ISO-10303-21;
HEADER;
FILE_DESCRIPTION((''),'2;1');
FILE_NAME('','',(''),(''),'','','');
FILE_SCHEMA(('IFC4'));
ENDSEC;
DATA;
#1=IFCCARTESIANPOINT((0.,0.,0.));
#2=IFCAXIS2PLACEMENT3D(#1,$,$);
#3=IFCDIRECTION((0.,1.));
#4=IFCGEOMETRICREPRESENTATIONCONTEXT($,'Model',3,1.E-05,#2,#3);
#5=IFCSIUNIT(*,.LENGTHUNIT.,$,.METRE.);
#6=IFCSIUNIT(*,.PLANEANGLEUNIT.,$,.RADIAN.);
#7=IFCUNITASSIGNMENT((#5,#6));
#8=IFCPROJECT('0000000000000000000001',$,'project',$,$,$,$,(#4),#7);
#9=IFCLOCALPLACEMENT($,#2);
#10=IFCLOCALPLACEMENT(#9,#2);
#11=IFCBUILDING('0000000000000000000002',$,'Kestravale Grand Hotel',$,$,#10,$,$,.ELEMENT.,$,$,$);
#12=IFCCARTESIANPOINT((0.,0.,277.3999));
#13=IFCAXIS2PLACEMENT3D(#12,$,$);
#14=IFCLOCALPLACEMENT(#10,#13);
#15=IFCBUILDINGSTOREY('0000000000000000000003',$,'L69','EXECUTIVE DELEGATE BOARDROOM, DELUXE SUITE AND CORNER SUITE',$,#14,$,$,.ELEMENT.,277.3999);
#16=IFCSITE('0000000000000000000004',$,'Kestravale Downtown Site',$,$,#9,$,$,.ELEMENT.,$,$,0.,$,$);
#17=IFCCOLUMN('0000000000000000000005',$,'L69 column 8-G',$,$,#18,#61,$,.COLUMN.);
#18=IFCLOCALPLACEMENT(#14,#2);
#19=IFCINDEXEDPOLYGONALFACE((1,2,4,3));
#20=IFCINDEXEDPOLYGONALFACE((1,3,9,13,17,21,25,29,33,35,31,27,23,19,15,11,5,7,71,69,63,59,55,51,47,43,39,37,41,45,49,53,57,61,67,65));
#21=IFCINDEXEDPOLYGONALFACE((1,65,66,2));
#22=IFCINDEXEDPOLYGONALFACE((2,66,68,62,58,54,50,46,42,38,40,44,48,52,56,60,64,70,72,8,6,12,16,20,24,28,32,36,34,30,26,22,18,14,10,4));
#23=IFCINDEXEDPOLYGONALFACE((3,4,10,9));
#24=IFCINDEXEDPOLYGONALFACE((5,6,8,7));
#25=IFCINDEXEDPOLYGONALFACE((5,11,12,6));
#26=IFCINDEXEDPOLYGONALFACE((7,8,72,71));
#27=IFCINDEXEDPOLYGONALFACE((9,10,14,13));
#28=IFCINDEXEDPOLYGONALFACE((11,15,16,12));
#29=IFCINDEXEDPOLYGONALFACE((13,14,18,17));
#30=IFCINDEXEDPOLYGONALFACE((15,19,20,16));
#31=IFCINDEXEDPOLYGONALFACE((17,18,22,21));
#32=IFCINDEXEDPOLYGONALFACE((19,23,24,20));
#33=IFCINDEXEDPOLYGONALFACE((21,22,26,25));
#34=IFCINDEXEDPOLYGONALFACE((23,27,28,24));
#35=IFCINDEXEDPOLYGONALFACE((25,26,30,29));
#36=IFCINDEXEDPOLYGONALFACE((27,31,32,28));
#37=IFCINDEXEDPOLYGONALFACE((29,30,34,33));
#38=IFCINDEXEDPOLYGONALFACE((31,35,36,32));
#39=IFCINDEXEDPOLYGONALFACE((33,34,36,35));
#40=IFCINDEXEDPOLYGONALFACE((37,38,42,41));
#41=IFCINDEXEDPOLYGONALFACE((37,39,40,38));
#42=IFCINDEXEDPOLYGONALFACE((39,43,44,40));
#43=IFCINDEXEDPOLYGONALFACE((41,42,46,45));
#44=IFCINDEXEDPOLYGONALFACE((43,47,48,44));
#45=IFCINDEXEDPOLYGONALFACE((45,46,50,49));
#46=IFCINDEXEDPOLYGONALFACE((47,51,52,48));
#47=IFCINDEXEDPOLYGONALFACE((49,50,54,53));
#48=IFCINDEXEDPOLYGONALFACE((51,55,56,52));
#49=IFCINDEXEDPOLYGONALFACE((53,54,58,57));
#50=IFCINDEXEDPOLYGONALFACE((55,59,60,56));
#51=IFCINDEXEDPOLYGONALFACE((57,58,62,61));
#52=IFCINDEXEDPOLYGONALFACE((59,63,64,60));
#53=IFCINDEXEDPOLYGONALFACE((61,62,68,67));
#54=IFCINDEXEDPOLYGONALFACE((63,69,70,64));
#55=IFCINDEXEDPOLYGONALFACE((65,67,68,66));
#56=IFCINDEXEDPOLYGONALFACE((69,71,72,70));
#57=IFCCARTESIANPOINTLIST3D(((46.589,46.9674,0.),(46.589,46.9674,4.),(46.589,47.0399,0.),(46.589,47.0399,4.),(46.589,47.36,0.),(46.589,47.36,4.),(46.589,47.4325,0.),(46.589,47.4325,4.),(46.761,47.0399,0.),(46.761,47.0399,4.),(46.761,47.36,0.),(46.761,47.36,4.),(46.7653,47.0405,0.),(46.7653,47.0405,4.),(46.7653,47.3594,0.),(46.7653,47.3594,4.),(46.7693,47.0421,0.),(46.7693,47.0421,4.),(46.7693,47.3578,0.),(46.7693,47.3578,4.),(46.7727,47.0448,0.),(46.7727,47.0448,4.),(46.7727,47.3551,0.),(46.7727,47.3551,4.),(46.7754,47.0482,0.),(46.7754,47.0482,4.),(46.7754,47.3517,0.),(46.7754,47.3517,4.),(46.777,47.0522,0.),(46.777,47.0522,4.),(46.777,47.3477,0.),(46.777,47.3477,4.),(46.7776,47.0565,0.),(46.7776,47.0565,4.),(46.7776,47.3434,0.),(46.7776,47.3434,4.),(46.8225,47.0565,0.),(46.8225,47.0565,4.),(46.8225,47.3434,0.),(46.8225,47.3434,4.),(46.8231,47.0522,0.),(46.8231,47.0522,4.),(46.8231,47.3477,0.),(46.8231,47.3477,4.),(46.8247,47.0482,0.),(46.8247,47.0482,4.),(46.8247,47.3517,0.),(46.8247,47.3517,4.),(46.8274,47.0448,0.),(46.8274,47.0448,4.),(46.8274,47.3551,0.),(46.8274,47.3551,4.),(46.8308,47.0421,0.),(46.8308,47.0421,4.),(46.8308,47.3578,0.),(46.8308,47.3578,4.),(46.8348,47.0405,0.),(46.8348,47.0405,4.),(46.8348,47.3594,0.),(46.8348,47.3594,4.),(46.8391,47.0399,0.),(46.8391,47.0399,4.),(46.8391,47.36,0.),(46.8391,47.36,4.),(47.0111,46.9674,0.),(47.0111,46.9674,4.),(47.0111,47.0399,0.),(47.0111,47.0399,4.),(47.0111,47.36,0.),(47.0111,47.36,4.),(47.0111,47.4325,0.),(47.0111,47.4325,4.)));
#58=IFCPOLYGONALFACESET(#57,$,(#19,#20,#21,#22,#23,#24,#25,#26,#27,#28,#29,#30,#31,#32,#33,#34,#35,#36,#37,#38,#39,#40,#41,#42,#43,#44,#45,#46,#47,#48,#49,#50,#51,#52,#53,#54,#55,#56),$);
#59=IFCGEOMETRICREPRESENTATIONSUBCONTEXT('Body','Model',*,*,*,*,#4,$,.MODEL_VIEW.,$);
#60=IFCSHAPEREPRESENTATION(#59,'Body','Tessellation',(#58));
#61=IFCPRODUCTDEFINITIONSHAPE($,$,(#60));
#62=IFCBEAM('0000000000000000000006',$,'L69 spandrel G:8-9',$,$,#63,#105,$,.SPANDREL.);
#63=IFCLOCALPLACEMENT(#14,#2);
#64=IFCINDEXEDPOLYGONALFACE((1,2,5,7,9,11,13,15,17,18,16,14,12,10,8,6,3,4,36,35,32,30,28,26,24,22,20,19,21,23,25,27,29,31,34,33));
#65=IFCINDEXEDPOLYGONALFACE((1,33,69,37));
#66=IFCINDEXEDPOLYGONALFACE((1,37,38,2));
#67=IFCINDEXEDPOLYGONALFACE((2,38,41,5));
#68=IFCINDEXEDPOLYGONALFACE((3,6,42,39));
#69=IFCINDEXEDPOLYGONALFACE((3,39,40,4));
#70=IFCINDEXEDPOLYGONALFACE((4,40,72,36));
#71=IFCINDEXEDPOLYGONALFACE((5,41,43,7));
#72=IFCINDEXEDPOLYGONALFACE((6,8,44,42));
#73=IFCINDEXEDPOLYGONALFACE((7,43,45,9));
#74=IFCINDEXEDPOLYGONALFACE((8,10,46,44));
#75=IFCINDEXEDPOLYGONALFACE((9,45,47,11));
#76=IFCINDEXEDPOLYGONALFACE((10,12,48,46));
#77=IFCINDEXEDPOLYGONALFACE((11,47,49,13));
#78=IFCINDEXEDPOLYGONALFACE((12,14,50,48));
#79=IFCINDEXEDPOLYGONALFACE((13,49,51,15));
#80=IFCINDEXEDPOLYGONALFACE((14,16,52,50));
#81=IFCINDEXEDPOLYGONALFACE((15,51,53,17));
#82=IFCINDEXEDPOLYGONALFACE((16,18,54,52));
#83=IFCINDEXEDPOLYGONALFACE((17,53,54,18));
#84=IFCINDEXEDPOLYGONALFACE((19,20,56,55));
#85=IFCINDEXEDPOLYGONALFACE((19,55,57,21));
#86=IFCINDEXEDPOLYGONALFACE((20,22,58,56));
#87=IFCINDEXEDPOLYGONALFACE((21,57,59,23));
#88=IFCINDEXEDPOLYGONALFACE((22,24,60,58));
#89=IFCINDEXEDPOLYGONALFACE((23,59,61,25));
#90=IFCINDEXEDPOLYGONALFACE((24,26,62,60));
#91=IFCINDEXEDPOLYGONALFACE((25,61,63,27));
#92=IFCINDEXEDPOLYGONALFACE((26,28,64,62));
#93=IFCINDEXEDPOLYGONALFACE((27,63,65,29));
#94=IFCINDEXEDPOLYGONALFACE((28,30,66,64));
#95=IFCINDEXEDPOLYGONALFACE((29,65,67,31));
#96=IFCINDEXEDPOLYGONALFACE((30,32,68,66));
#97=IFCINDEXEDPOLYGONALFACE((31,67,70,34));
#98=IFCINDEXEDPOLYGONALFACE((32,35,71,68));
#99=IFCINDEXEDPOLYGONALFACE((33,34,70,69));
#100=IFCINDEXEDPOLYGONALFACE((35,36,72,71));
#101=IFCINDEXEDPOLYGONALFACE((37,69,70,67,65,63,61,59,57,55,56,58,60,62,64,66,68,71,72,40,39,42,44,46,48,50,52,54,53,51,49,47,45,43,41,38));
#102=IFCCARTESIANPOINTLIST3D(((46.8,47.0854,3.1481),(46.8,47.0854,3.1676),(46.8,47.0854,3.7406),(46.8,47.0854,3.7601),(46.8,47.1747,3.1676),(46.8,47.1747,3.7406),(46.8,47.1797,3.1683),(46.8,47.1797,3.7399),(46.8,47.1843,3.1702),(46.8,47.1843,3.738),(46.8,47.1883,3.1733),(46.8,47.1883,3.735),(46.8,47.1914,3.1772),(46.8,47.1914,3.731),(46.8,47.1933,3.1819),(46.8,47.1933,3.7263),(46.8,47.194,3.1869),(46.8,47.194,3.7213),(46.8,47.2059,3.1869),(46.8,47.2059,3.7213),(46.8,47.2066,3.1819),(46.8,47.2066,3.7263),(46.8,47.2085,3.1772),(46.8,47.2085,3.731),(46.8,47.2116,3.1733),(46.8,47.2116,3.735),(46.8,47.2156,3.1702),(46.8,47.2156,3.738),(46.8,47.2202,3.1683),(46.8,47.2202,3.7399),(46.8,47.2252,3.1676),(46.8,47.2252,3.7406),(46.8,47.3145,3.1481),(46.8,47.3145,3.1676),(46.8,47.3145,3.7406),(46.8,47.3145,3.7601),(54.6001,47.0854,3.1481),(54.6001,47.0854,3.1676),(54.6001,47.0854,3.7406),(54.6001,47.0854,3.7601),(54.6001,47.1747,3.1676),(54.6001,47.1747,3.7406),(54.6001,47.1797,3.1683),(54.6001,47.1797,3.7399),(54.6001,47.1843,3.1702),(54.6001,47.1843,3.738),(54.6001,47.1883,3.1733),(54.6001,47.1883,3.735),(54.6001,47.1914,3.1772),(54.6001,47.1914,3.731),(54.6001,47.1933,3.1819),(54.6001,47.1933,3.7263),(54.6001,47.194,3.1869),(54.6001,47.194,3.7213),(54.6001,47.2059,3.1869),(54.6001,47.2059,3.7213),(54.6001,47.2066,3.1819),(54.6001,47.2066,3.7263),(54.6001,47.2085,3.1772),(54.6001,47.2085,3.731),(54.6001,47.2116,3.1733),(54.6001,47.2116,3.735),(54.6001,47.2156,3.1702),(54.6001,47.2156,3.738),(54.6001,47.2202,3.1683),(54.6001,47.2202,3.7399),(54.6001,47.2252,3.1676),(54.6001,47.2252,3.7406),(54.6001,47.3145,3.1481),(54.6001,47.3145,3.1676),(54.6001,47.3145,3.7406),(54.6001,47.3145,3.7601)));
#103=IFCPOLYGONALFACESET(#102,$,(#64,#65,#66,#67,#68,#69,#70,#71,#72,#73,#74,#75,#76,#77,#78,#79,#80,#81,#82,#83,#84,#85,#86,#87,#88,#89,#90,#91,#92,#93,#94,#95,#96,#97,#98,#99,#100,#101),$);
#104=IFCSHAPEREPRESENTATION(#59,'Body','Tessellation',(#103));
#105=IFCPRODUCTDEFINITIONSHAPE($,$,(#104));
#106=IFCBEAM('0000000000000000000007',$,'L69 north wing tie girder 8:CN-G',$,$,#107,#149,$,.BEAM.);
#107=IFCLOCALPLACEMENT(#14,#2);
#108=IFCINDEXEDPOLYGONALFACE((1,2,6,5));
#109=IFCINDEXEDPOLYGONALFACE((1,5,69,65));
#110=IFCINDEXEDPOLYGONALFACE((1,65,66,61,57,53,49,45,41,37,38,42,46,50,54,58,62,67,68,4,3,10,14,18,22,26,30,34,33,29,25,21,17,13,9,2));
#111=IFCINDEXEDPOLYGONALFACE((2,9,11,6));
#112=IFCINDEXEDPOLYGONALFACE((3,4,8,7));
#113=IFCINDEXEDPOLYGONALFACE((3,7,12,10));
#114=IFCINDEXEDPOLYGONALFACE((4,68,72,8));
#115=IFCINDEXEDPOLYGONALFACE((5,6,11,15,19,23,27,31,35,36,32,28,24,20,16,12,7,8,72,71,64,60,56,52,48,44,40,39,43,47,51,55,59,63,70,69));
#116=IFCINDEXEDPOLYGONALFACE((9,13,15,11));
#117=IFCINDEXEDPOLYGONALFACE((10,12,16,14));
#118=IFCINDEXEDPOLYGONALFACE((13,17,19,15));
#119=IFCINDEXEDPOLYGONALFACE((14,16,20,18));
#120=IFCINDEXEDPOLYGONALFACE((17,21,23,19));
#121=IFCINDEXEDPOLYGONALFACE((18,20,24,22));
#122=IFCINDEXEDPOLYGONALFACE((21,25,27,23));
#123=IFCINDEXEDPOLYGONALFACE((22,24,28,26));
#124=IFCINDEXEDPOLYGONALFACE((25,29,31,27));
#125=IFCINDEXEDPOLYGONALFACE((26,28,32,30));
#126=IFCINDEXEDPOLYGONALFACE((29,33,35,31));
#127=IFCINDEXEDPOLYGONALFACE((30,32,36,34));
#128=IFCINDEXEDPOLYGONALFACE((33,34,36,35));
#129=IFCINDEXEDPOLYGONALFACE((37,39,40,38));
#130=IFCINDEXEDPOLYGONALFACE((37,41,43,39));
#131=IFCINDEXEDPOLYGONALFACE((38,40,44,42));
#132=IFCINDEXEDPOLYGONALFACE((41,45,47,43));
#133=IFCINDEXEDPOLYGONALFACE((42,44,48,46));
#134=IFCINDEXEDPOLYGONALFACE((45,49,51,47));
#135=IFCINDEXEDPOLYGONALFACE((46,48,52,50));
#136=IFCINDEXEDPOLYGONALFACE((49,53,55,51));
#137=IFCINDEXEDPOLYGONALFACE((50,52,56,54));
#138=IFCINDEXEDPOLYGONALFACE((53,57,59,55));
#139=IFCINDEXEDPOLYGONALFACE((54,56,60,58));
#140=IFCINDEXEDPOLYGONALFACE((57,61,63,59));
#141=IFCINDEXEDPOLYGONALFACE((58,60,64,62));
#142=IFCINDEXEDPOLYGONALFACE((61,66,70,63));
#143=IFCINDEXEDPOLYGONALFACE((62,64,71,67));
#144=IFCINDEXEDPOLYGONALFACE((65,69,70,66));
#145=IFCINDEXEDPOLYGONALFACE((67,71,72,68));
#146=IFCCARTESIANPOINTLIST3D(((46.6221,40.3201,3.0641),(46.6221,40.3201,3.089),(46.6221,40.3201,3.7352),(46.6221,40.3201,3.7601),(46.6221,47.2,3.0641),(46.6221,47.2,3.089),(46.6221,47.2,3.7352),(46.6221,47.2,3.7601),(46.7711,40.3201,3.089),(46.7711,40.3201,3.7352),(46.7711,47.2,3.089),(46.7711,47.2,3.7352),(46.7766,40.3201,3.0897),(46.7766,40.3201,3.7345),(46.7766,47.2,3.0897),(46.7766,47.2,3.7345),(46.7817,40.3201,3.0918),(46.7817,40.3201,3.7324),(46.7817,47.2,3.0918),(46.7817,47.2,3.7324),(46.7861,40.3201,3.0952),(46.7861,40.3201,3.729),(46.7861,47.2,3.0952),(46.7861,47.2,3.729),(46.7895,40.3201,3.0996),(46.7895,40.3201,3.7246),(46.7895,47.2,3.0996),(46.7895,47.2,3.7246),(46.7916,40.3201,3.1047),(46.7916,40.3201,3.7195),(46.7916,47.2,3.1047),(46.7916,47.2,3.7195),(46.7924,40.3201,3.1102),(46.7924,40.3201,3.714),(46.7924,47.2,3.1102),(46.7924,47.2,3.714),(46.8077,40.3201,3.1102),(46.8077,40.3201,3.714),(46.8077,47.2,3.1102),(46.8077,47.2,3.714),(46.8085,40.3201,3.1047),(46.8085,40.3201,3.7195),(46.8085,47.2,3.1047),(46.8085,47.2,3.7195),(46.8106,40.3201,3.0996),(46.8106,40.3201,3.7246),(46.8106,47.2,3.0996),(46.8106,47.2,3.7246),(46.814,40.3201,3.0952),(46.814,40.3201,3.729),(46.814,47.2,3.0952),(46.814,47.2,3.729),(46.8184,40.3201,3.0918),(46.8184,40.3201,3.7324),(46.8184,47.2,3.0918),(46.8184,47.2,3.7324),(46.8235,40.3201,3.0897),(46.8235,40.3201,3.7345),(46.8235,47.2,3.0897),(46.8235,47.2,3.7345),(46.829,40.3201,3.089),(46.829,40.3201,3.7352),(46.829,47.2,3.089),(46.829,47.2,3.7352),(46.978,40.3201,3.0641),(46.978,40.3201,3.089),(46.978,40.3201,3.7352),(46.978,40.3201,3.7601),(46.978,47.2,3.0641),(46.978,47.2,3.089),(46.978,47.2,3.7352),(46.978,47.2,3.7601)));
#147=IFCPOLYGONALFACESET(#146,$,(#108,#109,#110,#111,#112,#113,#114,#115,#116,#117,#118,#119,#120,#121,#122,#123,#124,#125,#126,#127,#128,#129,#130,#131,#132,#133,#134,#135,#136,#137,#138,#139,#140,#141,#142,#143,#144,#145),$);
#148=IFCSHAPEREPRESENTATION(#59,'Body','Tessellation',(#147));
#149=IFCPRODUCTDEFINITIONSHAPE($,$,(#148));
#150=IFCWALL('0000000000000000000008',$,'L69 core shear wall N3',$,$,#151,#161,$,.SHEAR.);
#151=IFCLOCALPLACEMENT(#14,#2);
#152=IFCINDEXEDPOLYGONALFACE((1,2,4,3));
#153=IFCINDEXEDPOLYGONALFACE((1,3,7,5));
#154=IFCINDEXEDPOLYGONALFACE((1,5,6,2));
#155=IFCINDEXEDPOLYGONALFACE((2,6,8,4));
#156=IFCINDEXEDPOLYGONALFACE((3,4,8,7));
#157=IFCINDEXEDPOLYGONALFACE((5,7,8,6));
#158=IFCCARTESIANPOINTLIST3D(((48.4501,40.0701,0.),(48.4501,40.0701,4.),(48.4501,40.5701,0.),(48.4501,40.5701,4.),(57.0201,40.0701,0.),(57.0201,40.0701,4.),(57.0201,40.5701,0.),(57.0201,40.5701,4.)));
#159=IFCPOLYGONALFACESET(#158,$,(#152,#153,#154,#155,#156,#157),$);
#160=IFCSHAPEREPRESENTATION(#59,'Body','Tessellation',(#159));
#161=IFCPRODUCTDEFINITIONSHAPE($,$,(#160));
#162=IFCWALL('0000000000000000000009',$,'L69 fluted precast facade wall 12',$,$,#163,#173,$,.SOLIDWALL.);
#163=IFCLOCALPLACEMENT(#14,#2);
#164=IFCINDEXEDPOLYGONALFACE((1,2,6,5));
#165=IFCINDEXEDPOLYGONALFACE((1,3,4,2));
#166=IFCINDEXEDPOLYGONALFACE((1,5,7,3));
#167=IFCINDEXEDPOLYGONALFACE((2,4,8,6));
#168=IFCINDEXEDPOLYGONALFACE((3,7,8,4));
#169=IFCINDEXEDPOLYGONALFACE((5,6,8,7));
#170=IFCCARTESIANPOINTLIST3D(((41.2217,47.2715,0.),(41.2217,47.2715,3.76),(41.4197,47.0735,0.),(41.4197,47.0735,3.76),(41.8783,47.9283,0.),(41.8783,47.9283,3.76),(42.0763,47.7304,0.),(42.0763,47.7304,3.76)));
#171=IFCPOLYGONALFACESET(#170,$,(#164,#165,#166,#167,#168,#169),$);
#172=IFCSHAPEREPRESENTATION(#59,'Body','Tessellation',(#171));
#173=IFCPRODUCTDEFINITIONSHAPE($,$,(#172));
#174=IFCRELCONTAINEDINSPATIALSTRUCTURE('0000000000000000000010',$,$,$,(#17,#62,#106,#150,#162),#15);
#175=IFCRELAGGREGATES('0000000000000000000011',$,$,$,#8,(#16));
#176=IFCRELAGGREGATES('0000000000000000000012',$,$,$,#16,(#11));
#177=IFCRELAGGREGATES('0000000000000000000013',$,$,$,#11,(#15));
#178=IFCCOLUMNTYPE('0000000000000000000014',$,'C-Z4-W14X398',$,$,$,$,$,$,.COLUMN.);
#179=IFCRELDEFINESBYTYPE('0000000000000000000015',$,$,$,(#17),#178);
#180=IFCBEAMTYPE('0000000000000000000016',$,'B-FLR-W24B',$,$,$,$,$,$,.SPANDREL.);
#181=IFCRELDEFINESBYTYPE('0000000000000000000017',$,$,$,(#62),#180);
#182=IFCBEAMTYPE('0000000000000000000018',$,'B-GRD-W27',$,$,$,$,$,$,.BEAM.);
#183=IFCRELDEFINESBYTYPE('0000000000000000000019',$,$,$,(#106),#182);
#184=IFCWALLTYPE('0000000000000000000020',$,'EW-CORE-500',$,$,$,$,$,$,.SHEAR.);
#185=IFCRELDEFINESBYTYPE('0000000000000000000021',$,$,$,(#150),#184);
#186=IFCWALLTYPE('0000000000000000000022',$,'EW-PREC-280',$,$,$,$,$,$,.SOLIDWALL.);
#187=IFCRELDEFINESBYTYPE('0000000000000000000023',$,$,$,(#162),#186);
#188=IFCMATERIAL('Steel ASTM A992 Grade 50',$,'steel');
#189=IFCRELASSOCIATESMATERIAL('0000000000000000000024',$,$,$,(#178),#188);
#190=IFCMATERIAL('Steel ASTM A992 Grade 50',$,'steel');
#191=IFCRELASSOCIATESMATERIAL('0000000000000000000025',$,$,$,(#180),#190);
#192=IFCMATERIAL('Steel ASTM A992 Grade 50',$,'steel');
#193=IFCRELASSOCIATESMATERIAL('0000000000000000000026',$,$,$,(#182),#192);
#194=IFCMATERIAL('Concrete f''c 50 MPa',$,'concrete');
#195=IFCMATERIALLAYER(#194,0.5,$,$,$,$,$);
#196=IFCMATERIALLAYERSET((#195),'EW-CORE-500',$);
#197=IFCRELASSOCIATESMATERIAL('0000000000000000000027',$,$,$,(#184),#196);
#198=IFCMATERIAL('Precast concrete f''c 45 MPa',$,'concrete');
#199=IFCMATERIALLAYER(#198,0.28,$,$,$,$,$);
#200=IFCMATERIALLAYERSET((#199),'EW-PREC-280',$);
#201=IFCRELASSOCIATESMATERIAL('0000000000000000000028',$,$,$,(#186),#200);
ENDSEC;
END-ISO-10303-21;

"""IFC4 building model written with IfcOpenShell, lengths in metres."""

from ifc_helpers import new_model, si_unit, direction, frame, frame_2d, origin, origin_2d, place, context, subcontext, project, spatial, rectangle, i_section, extrude, material, layer, layer_set, material_profile, profile_set, type_object, element, save


model = new_model("IFC4")

# Units and contexts
model_context = context("Model", 3, precision=1e-05, world=origin(), true_north=direction((0.0, 1.0)))
body_context = subcontext(model_context, "Body", "Model", "MODEL_VIEW")
ifc_project = project(units=[si_unit("LENGTHUNIT", "METRE"), si_unit("PLANEANGLEUNIT", "RADIAN")], contexts=[model_context])

# Site, building, storey
site_placement = place(None, origin())
site = spatial("IfcSite", under=ifc_project, at=site_placement, Name="Kestravale Downtown Site", CompositionType="ELEMENT", RefElevation=0.0)
building_placement = place(site_placement, origin())
building = spatial("IfcBuilding", under=site, at=building_placement, Name="Kestravale Grand Hotel", CompositionType="ELEMENT")
storey_placement = place(building_placement, frame((0.0, 0.0, 277.3999)))
storey = spatial("IfcBuildingStorey", under=building, at=storey_placement, Name="L69", Description="EXECUTIVE DELEGATE BOARDROOM, DELUXE SUITE AND CORNER SUITE", CompositionType="ELEMENT", Elevation=277.3999)

# Column
ifc_material_1 = material(Name="Steel ASTM A992 Grade 50", Category="steel")
ifc_material_profile_1 = material_profile(ifc_material_1, i_section(OverallWidth=0.4221, OverallDepth=0.4651, WebThickness=0.0449, FlangeThickness=0.0725, FilletRadius=0.0166, at=origin_2d()))
ifc_profile_set_1 = profile_set([ifc_material_profile_1], Name="Steel ASTM A992 Grade 50")
column_type = type_object("IfcColumnType", Name="C-Z4-W14X398", PredefinedType="COLUMN", material=ifc_profile_set_1)
column_placement = place(storey_placement, frame((46.8, 47.2, 0.0), z_axis=(0.0, 0.0, 1.0), x_axis=(1.0, 0.0, 0.0)))
element("IfcColumn", 1, at=column_placement, inside=storey, type_object=column_type, Name="L69 column 8-G", PredefinedType="COLUMN", context=body_context, shape_type="SweptSolid", body=[
    extrude(i_section(OverallWidth=0.4221, OverallDepth=0.4651, WebThickness=0.0449, FlangeThickness=0.0725, FilletRadius=0.0166, at=origin_2d()), origin(), (0.0, 0.0, 1.0), 4.0),
])

# Beams
ifc_material_2 = material(Name="Steel ASTM A992 Grade 50", Category="steel")
ifc_material_profile_2 = material_profile(ifc_material_2, i_section(OverallWidth=0.229, OverallDepth=0.6121, WebThickness=0.012, FlangeThickness=0.0195, FilletRadius=0.0193, at=origin_2d()))
ifc_profile_set_2 = profile_set([ifc_material_profile_2], Name="Steel ASTM A992 Grade 50")
beam_type_1 = type_object("IfcBeamType", Name="B-FLR-W24B", PredefinedType="SPANDREL", material=ifc_profile_set_2)
beam_1_placement = place(storey_placement, frame((46.8, 47.2, 3.4541), z_axis=(1.0, 0.0, 0.0), x_axis=(0.0, 1.0, 0.0)))
element("IfcBeam", 2, at=beam_1_placement, inside=storey, type_object=beam_type_1, Name="L69 spandrel G:8-9", PredefinedType="SPANDREL", context=body_context, shape_type="SweptSolid", body=[
    extrude(i_section(OverallWidth=0.229, OverallDepth=0.6121, WebThickness=0.012, FlangeThickness=0.0195, FilletRadius=0.0193, at=origin_2d()), origin(), (0.0, 0.0, 1.0), 7.8),
])
ifc_material_3 = material(Name="Steel ASTM A992 Grade 50", Category="steel")
ifc_material_profile_3 = material_profile(ifc_material_3, i_section(OverallWidth=0.356, OverallDepth=0.696, WebThickness=0.0154, FlangeThickness=0.0249, FilletRadius=0.0212, at=origin_2d()))
ifc_profile_set_3 = profile_set([ifc_material_profile_3], Name="Steel ASTM A992 Grade 50")
beam_type_2 = type_object("IfcBeamType", Name="B-GRD-W27", PredefinedType="BEAM", material=ifc_profile_set_3)
beam_2_placement = place(storey_placement, frame((46.8, 40.3201, 3.4121), z_axis=(0.0, 1.0, 0.0), x_axis=(-1.0, 0.0, 0.0)))
element("IfcBeam", 3, at=beam_2_placement, inside=storey, type_object=beam_type_2, Name="L69 north wing tie girder 8:CN-G", PredefinedType="BEAM", context=body_context, shape_type="SweptSolid", body=[
    extrude(i_section(OverallWidth=0.356, OverallDepth=0.696, WebThickness=0.0154, FlangeThickness=0.0249, FilletRadius=0.0212, at=origin_2d()), origin(), (0.0, 0.0, 1.0), 6.8799),
])

# Walls
ifc_material_4 = material(Name="Concrete f'c 50 MPa", Category="concrete")
ifc_layer_1 = layer(ifc_material_4, 0.5)
ifc_layer_set_1 = layer_set([ifc_layer_1], Name="EW-CORE-500")
wall_type_1 = type_object("IfcWallType", Name="EW-CORE-500", PredefinedType="SHEAR", material=ifc_layer_set_1)
wall_1_placement = place(storey_placement, frame((48.45, 40.3201, 0.0), z_axis=(0.0, 0.0, 1.0), x_axis=(1.0, 0.0, 0.0)))
element("IfcWall", 4, at=wall_1_placement, inside=storey, type_object=wall_type_1, Name="L69 core shear wall N3", PredefinedType="SHEAR", context=body_context, shape_type="SweptSolid", body=[
    extrude(rectangle(XDim=8.5701, YDim=0.5, at=frame_2d((4.2852, 0.0))), origin(), (0.0, 0.0, 1.0), 4.0),
])
ifc_material_5 = material(Name="Precast concrete f'c 45 MPa", Category="concrete")
ifc_layer_2 = layer(ifc_material_5, 0.28)
ifc_layer_set_2 = layer_set([ifc_layer_2], Name="EW-PREC-280")
wall_type_2 = type_object("IfcWallType", Name="EW-PREC-280", PredefinedType="SOLIDWALL", material=ifc_layer_set_2)
wall_2_placement = place(storey_placement, frame((41.9773, 47.8293, 0.0), z_axis=(0.0, 0.0, 1.0), x_axis=(-0.706975, -0.707238, 0.0)))
element("IfcWall", 5, at=wall_2_placement, inside=storey, type_object=wall_type_2, Name="L69 fluted precast facade wall 12", PredefinedType="SOLIDWALL", context=body_context, shape_type="SweptSolid", body=[
    extrude(rectangle(XDim=0.9287, YDim=0.28, at=frame_2d((0.4644, 0.0))), origin(), (0.0, 0.0, 1.0), 3.76),
])

save(model, "model.ifc")
